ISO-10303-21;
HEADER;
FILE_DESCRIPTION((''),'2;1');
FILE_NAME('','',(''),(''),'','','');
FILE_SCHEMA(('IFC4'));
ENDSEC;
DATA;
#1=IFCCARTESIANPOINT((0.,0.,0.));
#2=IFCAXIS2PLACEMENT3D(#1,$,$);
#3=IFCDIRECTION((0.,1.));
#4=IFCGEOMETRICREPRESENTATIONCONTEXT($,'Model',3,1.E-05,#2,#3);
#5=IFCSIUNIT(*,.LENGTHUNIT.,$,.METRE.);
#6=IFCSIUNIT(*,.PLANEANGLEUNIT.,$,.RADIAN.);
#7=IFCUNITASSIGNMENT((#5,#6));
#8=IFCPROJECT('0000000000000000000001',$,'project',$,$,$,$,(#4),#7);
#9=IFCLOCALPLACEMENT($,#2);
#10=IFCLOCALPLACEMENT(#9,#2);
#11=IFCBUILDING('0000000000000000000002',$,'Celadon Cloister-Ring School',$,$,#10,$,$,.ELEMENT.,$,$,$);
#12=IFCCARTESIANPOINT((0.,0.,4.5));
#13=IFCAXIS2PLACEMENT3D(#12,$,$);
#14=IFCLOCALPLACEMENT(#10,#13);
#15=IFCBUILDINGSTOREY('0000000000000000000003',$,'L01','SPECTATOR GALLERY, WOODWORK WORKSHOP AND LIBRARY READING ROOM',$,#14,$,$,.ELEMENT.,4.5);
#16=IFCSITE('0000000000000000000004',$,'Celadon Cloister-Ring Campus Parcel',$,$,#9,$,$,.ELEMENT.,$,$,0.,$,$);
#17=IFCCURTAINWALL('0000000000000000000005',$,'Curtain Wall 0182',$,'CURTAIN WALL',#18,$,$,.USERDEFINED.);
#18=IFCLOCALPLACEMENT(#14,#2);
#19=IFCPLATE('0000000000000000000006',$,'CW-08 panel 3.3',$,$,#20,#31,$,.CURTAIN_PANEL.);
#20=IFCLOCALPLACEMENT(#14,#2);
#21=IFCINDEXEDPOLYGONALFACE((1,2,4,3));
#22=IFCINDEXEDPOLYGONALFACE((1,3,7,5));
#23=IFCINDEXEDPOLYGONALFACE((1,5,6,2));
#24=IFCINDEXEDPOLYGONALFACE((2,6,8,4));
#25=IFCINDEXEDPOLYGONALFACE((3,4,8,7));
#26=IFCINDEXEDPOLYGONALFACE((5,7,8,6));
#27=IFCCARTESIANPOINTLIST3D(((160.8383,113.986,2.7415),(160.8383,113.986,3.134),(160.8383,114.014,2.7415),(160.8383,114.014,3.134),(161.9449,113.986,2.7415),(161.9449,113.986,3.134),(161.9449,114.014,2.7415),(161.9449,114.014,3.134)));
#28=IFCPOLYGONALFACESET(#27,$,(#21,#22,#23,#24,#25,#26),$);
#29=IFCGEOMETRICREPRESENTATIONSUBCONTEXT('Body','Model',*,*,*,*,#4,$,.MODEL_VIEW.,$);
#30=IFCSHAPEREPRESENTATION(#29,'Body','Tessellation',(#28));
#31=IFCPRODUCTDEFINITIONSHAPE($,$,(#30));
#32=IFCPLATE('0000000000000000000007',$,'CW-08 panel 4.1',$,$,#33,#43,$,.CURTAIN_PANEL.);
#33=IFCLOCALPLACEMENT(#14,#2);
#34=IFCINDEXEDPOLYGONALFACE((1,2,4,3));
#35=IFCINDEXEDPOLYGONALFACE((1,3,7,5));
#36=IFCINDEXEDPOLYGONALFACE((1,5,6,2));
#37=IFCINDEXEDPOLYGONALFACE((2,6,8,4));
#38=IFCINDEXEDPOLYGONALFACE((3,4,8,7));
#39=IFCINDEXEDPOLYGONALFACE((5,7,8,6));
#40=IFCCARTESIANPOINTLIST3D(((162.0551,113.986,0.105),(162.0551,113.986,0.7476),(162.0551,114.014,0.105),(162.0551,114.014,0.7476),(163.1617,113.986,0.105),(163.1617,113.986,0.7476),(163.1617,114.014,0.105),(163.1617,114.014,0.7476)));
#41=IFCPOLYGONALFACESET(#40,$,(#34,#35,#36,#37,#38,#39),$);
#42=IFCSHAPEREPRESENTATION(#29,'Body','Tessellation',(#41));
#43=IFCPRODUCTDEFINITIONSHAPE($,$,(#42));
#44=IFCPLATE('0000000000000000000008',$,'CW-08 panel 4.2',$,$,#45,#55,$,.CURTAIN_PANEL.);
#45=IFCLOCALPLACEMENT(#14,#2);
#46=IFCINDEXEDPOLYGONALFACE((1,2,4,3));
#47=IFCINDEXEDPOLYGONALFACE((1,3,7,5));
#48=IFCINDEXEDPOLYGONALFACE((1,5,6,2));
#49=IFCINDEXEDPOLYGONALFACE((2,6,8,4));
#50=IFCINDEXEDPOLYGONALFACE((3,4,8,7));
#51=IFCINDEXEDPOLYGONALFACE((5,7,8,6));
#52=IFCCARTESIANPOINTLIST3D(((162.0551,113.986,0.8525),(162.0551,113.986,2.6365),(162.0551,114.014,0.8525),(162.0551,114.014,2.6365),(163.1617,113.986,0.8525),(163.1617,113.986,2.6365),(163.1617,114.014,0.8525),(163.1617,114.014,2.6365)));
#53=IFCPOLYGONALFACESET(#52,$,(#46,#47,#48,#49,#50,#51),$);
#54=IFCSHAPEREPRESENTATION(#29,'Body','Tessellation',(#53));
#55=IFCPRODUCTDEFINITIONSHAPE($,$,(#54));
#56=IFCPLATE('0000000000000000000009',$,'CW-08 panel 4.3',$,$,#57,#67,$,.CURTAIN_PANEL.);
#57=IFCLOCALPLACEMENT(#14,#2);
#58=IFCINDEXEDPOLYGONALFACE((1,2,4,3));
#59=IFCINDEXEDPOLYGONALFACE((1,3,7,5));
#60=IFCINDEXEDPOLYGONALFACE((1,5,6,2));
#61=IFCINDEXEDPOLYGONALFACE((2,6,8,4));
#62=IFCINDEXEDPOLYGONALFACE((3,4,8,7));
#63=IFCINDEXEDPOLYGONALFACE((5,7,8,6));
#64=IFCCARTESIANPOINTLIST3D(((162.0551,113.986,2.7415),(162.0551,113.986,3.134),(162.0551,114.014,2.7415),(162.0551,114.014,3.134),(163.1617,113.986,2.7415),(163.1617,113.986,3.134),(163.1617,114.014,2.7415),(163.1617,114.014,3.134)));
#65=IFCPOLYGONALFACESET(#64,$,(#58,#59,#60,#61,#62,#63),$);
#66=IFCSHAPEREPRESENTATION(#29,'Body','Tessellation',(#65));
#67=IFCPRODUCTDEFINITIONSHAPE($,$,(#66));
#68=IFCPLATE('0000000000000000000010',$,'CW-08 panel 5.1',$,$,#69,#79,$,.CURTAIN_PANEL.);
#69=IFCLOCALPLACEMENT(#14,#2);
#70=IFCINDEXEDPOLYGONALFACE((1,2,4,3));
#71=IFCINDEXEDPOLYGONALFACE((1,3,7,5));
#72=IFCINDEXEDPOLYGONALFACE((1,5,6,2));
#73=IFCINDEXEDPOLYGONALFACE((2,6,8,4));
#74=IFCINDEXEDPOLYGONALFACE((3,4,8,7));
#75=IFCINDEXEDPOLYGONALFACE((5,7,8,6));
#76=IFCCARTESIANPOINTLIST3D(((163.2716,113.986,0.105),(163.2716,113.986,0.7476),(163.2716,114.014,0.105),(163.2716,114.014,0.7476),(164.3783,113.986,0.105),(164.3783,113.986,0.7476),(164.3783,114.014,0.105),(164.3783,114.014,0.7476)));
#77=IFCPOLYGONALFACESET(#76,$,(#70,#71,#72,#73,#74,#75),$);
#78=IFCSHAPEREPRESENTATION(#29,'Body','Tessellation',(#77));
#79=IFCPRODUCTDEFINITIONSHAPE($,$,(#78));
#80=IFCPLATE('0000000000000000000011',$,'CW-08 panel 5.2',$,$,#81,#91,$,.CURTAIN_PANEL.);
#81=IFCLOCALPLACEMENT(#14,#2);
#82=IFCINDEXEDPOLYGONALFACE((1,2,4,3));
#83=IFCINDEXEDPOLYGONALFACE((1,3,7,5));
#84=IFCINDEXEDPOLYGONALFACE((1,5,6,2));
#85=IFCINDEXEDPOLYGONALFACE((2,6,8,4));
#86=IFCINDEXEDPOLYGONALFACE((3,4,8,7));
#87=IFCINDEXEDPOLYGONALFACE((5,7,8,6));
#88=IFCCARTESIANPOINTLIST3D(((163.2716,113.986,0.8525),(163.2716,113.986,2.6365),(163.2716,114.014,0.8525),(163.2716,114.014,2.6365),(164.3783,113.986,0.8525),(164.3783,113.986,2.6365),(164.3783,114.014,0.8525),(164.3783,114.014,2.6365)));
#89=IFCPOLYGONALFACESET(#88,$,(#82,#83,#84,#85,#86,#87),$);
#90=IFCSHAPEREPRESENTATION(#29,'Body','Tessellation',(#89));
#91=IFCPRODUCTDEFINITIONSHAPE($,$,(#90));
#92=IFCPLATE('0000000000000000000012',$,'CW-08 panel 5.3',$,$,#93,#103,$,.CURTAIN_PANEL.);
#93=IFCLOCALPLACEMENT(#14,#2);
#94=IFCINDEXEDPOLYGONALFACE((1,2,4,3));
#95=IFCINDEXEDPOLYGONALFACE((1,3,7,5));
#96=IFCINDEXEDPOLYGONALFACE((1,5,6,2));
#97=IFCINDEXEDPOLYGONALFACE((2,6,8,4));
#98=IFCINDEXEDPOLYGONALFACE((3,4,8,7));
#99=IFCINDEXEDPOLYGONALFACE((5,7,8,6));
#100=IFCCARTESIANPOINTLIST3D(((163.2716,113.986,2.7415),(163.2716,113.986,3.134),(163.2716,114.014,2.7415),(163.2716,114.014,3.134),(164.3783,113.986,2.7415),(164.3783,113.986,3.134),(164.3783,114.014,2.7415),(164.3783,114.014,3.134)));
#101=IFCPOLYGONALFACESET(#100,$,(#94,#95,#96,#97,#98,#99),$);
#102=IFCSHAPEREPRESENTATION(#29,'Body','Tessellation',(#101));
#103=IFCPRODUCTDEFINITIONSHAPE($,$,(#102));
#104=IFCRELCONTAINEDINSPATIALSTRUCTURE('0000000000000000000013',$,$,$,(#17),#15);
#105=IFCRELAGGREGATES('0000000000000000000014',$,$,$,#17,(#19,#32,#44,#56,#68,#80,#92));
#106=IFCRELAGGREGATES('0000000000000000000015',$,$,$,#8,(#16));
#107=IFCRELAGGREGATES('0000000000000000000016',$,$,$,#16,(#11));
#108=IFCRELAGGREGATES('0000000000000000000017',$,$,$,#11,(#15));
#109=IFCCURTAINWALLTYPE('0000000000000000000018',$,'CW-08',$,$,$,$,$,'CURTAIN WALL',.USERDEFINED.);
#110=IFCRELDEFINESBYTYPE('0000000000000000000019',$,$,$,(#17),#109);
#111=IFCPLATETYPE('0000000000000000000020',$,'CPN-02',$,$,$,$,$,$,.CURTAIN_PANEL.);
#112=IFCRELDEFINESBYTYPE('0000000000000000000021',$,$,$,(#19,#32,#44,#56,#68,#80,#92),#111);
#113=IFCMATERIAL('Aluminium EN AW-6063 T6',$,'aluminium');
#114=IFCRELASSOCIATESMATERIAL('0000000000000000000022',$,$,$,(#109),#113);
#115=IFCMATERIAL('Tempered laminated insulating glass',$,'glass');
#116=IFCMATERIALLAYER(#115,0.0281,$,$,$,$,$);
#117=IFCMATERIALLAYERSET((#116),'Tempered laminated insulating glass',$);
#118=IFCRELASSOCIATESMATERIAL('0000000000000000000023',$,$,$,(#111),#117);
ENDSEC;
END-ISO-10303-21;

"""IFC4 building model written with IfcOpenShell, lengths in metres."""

from ifc_helpers import new_model, si_unit, direction, frame, origin, origin_2d, place, context, subcontext, project, spatial, rectangle, extrude, material, layer, layer_set, type_object, element, aggregate, save


model = new_model("IFC4")

# Units and contexts
model_context = context("Model", 3, precision=1e-05, world=origin(), true_north=direction((0.0, 1.0)))
body_context = subcontext(model_context, "Body", "Model", "MODEL_VIEW")
ifc_project = project(units=[si_unit("LENGTHUNIT", "METRE"), si_unit("PLANEANGLEUNIT", "RADIAN")], contexts=[model_context])

# Site, building, storey
site_placement = place(None, origin())
site = spatial("IfcSite", under=ifc_project, at=site_placement, Name="Celadon Cloister-Ring Campus Parcel", CompositionType="ELEMENT", RefElevation=0.0)
building_placement = place(site_placement, origin())
building = spatial("IfcBuilding", under=site, at=building_placement, Name="Celadon Cloister-Ring School", CompositionType="ELEMENT")
storey_placement = place(building_placement, frame((0.0, 0.0, 4.5)))
storey = spatial("IfcBuildingStorey", under=building, at=storey_placement, Name="L01", Description="SPECTATOR GALLERY, WOODWORK WORKSHOP AND LIBRARY READING ROOM", CompositionType="ELEMENT", Elevation=4.5)

# Curtain wall, plates
ifc_material_1 = material(Name="Aluminium EN AW-6063 T6", Category="aluminium")
curtain_wall_type = type_object("IfcCurtainWallType", Name="CW-08", ElementType="CURTAIN WALL", PredefinedType="USERDEFINED", material=ifc_material_1)
curtain_wall_placement = place(storey_placement, origin())
curtain_wall = element("IfcCurtainWall", 1, at=curtain_wall_placement, inside=storey, type_object=curtain_wall_type, Name="Curtain Wall 0182", ObjectType="CURTAIN WALL", PredefinedType="USERDEFINED")
ifc_material_2 = material(Name="Tempered laminated insulating glass", Category="glass")
ifc_layer = layer(ifc_material_2, 0.0281)
ifc_layer_set = layer_set([ifc_layer], Name="Tempered laminated insulating glass")
plate_type = type_object("IfcPlateType", Name="CPN-02", PredefinedType="CURTAIN_PANEL", material=ifc_layer_set)
plate_1_placement = place(storey_placement, frame((161.3916, 114.0, 2.7415), z_axis=(0.0, 0.0, 1.0), x_axis=(1.0, 0.0, 0.0)))
plate_1 = element("IfcPlate", 2, at=plate_1_placement, type_object=plate_type, Name="CW-08 panel 3.3", PredefinedType="CURTAIN_PANEL", context=body_context, shape_type="SweptSolid", body=[
    extrude(rectangle(XDim=1.1067, YDim=0.0281, at=origin_2d()), origin(), (0.0, 0.0, 1.0), 0.3926),
])
plate_2_placement = place(storey_placement, frame((162.6084, 114.0, 0.105), z_axis=(0.0, 0.0, 1.0), x_axis=(1.0, 0.0, 0.0)))
plate_2 = element("IfcPlate", 3, at=plate_2_placement, type_object=plate_type, Name="CW-08 panel 4.1", PredefinedType="CURTAIN_PANEL", context=body_context, shape_type="SweptSolid", body=[
    extrude(rectangle(XDim=1.1067, YDim=0.0281, at=origin_2d()), origin(), (0.0, 0.0, 1.0), 0.6426),
])
plate_3_placement = place(storey_placement, frame((162.6084, 114.0, 0.8525), z_axis=(0.0, 0.0, 1.0), x_axis=(1.0, 0.0, 0.0)))
plate_3 = element("IfcPlate", 4, at=plate_3_placement, type_object=plate_type, Name="CW-08 panel 4.2", PredefinedType="CURTAIN_PANEL", context=body_context, shape_type="SweptSolid", body=[
    extrude(rectangle(XDim=1.1067, YDim=0.0281, at=origin_2d()), origin(), (0.0, 0.0, 1.0), 1.7839),
])
plate_4_placement = place(storey_placement, frame((162.6084, 114.0, 2.7415), z_axis=(0.0, 0.0, 1.0), x_axis=(1.0, 0.0, 0.0)))
plate_4 = element("IfcPlate", 5, at=plate_4_placement, type_object=plate_type, Name="CW-08 panel 4.3", PredefinedType="CURTAIN_PANEL", context=body_context, shape_type="SweptSolid", body=[
    extrude(rectangle(XDim=1.1067, YDim=0.0281, at=origin_2d()), origin(), (0.0, 0.0, 1.0), 0.3926),
])
plate_5_placement = place(storey_placement, frame((163.825, 114.0, 0.105), z_axis=(0.0, 0.0, 1.0), x_axis=(1.0, 0.0, 0.0)))
plate_5 = element("IfcPlate", 6, at=plate_5_placement, type_object=plate_type, Name="CW-08 panel 5.1", PredefinedType="CURTAIN_PANEL", context=body_context, shape_type="SweptSolid", body=[
    extrude(rectangle(XDim=1.1067, YDim=0.0281, at=origin_2d()), origin(), (0.0, 0.0, 1.0), 0.6426),
])
plate_6_placement = place(storey_placement, frame((163.825, 114.0, 0.8525), z_axis=(0.0, 0.0, 1.0), x_axis=(1.0, 0.0, 0.0)))
plate_6 = element("IfcPlate", 7, at=plate_6_placement, type_object=plate_type, Name="CW-08 panel 5.2", PredefinedType="CURTAIN_PANEL", context=body_context, shape_type="SweptSolid", body=[
    extrude(rectangle(XDim=1.1067, YDim=0.0281, at=origin_2d()), origin(), (0.0, 0.0, 1.0), 1.7839),
])
plate_7_placement = place(storey_placement, frame((163.825, 114.0, 2.7415), z_axis=(0.0, 0.0, 1.0), x_axis=(1.0, 0.0, 0.0)))
plate_7 = element("IfcPlate", 8, at=plate_7_placement, type_object=plate_type, Name="CW-08 panel 5.3", PredefinedType="CURTAIN_PANEL", context=body_context, shape_type="SweptSolid", body=[
    extrude(rectangle(XDim=1.1067, YDim=0.0281, at=origin_2d()), origin(), (0.0, 0.0, 1.0), 0.3926),
])
aggregate(curtain_wall, [plate_1, plate_2, plate_3, plate_4, plate_5, plate_6, plate_7])

save(model, "model.ifc")
